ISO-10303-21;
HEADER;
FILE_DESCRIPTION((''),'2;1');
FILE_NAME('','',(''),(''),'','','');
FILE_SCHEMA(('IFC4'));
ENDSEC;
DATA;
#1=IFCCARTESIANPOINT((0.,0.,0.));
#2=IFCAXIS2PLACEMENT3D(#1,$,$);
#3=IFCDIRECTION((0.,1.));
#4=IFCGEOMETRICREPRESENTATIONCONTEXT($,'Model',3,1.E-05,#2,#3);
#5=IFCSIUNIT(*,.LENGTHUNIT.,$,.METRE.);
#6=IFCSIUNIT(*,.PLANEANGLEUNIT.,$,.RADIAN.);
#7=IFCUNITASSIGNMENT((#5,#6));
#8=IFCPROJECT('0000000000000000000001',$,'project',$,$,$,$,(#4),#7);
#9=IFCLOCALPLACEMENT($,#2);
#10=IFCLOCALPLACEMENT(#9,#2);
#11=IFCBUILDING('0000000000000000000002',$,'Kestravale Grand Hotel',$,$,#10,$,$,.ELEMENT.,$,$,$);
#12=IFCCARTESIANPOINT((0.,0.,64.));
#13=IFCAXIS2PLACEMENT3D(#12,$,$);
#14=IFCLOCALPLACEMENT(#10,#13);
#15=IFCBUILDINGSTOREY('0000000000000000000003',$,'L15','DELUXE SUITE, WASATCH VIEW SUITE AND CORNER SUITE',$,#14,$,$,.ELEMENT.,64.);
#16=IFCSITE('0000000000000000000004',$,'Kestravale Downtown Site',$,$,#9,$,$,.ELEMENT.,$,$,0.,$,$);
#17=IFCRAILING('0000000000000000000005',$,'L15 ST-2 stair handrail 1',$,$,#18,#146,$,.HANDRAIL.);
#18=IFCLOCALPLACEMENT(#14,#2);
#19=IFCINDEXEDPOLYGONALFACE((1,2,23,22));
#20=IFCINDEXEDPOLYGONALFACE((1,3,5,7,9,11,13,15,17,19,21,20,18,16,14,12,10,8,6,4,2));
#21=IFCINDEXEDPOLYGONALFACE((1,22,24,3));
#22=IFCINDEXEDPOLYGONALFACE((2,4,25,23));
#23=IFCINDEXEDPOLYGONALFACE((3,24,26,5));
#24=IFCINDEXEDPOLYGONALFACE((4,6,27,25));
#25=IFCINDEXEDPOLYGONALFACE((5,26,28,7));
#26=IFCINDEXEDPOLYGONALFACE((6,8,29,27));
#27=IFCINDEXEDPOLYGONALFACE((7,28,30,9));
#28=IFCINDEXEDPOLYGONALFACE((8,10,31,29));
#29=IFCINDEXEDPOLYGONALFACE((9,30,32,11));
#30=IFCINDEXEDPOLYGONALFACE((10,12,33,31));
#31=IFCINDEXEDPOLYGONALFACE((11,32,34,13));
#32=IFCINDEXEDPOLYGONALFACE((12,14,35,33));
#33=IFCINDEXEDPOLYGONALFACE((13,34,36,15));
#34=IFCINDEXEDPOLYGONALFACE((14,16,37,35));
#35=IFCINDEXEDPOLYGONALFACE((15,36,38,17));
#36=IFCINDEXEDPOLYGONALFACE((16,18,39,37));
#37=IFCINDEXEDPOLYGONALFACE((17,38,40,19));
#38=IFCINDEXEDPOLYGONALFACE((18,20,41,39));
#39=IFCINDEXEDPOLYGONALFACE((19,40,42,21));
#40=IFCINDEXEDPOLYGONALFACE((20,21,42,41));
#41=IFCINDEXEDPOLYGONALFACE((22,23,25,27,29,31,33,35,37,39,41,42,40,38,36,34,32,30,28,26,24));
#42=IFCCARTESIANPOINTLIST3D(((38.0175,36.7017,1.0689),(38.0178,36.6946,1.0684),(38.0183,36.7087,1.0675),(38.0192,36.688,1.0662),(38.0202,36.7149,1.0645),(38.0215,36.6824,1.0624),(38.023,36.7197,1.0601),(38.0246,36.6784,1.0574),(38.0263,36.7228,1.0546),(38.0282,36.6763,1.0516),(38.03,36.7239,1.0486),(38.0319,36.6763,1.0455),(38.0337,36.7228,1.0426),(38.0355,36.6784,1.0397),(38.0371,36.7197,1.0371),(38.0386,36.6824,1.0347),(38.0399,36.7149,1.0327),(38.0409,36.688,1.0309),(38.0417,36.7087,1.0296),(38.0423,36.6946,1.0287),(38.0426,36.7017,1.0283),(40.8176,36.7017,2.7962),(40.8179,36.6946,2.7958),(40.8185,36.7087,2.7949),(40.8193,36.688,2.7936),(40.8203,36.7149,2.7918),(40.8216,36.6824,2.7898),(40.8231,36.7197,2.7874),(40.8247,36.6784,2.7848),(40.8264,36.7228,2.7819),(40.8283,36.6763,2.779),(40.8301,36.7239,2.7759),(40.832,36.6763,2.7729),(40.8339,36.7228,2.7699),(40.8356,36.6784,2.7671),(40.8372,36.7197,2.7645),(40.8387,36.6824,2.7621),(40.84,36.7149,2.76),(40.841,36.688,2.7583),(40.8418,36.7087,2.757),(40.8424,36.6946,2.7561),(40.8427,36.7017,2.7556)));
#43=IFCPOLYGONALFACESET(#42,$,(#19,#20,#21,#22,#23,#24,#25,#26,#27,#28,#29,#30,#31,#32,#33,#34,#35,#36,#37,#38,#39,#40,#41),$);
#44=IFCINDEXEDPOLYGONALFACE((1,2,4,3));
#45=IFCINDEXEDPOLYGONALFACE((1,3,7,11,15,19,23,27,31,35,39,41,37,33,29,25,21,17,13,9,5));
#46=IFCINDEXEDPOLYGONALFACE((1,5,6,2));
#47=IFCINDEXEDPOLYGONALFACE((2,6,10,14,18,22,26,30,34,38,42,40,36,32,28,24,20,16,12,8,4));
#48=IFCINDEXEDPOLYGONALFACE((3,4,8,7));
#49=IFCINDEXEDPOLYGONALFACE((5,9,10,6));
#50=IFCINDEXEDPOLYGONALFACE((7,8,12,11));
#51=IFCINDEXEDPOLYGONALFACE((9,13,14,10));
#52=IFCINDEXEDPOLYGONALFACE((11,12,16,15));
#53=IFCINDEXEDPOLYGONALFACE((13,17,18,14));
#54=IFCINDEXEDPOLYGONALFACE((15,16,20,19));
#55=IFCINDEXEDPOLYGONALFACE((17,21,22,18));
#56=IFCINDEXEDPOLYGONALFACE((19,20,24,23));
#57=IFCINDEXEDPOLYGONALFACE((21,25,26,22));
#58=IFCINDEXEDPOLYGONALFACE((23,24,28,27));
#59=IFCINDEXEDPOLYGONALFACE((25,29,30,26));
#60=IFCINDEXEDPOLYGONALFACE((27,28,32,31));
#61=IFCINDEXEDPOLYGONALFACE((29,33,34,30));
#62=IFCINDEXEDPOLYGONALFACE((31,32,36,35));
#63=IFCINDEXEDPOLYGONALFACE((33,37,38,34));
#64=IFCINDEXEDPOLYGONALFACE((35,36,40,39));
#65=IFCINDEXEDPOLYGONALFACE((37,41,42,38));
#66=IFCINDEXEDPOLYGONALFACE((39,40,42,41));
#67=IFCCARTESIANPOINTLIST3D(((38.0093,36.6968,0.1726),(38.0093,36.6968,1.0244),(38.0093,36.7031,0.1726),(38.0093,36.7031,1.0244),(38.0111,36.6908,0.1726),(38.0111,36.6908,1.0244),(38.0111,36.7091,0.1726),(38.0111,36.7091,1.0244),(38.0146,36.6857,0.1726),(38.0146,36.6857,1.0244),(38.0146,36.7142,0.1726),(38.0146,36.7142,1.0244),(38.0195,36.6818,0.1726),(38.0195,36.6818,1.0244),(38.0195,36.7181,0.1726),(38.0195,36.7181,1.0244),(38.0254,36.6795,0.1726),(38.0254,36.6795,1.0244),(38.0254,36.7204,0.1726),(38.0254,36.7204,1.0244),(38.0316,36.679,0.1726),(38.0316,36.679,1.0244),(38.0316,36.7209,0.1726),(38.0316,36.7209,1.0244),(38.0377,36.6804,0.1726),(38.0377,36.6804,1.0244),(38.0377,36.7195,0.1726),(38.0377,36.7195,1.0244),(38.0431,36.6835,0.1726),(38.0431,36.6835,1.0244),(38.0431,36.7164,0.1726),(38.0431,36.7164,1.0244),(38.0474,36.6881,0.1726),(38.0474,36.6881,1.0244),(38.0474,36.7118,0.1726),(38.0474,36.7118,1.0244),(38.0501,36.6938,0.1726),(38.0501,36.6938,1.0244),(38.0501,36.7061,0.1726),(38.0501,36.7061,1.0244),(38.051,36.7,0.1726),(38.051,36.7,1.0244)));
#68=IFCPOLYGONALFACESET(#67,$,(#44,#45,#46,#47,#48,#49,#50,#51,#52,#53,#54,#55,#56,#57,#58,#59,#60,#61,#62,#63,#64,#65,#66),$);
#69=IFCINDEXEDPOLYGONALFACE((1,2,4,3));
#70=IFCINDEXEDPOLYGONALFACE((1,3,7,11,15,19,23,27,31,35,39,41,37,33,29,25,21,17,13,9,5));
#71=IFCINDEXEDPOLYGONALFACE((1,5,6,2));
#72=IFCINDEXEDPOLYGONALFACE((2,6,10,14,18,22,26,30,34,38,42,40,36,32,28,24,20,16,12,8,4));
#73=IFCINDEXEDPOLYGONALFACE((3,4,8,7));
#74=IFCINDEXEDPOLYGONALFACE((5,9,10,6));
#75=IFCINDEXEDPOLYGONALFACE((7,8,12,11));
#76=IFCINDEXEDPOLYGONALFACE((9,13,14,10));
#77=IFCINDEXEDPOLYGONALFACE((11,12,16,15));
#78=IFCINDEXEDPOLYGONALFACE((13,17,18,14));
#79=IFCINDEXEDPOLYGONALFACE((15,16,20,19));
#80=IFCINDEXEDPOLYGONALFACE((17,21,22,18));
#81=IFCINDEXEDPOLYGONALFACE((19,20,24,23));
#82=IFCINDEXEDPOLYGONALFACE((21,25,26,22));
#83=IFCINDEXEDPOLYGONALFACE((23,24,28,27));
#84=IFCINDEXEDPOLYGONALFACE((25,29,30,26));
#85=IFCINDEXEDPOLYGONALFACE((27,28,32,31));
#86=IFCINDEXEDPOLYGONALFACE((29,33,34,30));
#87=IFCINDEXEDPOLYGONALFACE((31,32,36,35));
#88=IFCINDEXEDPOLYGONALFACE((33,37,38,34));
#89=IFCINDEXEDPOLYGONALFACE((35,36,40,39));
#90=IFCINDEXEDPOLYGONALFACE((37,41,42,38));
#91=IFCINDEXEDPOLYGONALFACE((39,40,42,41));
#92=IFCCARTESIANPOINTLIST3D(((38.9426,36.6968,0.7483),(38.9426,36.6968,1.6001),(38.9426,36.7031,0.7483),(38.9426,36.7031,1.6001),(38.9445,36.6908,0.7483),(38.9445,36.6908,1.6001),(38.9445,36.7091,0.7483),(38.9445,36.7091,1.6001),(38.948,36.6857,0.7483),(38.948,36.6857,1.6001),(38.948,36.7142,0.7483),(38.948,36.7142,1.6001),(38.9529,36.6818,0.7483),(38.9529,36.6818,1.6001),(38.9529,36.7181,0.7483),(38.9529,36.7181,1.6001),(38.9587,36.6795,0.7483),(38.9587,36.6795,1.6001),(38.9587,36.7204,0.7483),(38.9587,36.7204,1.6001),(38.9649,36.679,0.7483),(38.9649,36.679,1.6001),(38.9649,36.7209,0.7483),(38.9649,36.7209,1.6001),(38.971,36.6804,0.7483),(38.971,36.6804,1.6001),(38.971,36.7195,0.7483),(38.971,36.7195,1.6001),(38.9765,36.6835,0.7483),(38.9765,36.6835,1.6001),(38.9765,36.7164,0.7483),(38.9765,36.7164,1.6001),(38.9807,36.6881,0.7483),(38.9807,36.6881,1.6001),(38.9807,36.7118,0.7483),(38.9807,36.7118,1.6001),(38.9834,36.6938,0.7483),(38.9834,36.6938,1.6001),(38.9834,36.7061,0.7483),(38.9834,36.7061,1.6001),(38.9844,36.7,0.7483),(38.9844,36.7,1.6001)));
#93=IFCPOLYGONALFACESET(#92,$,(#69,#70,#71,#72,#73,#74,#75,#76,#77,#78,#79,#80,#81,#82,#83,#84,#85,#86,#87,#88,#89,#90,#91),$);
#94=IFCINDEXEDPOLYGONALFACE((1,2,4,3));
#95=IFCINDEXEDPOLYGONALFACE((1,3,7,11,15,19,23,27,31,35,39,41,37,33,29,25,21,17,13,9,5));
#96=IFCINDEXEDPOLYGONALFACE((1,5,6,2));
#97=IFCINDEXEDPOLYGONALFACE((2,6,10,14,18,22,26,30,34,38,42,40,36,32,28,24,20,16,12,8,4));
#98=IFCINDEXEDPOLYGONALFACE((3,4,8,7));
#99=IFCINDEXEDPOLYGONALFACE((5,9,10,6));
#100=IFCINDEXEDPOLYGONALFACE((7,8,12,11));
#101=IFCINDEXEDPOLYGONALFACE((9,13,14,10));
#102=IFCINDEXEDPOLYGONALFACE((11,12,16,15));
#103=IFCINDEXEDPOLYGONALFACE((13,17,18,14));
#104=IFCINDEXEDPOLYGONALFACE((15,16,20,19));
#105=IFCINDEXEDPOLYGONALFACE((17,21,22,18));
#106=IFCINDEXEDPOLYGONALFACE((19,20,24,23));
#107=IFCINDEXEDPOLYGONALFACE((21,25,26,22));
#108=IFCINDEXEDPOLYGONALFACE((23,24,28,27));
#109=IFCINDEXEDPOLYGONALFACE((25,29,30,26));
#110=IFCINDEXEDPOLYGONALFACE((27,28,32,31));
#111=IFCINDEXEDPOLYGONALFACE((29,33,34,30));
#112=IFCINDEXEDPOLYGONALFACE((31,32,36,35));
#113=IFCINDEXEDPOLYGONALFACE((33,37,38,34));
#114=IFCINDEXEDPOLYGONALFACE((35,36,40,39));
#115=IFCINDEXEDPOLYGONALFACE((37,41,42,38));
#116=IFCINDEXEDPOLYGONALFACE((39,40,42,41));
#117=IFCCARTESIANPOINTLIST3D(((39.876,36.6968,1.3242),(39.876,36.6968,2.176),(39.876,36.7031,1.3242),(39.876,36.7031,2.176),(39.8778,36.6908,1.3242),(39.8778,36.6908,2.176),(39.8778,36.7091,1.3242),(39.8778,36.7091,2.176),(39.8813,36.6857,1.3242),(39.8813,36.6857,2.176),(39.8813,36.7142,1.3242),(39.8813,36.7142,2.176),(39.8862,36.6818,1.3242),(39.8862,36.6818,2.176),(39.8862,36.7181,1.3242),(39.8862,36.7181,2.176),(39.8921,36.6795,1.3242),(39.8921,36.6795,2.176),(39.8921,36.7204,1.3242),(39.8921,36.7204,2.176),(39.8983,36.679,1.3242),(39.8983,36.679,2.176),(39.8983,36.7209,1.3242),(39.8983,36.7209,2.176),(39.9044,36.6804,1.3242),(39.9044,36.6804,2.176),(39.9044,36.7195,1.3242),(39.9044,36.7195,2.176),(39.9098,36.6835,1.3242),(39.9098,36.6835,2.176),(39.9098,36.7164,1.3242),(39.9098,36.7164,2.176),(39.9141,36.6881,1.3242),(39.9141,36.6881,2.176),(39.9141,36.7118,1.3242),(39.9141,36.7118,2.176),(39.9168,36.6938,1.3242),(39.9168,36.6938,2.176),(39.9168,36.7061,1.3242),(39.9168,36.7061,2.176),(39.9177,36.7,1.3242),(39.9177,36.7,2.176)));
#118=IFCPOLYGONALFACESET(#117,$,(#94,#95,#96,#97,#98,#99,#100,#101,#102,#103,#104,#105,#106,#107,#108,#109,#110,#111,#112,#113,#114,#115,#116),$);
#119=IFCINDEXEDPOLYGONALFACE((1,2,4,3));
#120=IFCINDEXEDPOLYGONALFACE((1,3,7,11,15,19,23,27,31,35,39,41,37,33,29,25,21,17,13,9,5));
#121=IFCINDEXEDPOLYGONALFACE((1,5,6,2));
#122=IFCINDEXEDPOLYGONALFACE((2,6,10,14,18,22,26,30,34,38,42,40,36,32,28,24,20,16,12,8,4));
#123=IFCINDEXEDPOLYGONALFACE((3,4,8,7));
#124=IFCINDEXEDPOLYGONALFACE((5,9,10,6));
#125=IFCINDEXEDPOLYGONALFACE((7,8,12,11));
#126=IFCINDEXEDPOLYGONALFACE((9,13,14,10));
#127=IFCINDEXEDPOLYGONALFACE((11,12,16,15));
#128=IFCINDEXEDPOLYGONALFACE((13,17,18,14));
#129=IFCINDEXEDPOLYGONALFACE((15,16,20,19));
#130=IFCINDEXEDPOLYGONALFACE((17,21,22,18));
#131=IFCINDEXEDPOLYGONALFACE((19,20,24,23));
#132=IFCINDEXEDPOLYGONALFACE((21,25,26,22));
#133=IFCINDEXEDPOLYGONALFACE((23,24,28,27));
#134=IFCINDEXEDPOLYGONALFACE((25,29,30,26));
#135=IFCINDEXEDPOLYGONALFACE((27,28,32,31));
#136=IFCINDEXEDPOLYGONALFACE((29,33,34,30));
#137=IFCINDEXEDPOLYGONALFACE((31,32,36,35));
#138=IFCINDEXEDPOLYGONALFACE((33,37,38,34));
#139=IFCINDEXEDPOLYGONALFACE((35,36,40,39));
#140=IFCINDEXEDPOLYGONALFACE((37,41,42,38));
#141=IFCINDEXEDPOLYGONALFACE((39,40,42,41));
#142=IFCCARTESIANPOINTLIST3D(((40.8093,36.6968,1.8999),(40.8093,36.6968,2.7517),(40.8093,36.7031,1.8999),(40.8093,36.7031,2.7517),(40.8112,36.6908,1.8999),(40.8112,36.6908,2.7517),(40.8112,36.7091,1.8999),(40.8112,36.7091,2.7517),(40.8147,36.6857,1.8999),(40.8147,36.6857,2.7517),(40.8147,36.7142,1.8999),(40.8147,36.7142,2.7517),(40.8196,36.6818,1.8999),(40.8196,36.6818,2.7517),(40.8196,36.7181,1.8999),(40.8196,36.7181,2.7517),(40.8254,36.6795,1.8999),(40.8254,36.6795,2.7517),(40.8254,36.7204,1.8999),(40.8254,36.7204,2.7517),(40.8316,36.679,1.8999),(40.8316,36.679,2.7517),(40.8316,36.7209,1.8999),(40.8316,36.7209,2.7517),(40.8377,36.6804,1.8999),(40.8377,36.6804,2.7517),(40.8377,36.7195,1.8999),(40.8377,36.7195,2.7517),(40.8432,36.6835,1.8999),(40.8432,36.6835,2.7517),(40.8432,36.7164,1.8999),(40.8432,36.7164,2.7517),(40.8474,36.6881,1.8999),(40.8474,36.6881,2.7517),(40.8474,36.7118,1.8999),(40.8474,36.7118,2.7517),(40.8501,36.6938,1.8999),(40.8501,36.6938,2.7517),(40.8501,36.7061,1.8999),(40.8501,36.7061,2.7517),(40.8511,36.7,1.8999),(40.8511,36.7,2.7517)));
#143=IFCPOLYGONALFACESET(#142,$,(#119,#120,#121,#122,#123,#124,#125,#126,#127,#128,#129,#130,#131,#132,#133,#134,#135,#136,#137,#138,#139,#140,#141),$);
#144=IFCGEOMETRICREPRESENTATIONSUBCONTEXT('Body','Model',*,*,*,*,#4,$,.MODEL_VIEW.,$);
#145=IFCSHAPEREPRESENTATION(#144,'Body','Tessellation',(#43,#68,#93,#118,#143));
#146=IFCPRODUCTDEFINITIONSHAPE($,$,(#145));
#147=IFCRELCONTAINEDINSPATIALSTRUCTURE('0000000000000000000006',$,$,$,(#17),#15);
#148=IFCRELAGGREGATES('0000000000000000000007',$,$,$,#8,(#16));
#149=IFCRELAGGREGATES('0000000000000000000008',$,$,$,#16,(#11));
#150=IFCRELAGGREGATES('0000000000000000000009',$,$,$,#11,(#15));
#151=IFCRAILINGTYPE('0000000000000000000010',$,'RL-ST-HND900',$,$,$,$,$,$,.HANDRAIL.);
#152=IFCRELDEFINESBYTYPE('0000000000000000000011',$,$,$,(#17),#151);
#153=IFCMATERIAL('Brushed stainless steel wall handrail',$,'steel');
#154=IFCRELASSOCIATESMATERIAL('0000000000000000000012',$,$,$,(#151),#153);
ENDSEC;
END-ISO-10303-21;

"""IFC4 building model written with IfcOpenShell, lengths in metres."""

from ifc_helpers import new_model, si_unit, direction, frame, origin, origin_2d, place, context, subcontext, project, spatial, circle, extrude, material, type_object, element, save


model = new_model("IFC4")

# Units and contexts
model_context = context("Model", 3, precision=1e-05, world=origin(), true_north=direction((0.0, 1.0)))
body_context = subcontext(model_context, "Body", "Model", "MODEL_VIEW")
ifc_project = project(units=[si_unit("LENGTHUNIT", "METRE"), si_unit("PLANEANGLEUNIT", "RADIAN")], contexts=[model_context])

# Site, building, storey
site_placement = place(None, origin())
site = spatial("IfcSite", under=ifc_project, at=site_placement, Name="Kestravale Downtown Site", CompositionType="ELEMENT", RefElevation=0.0)
building_placement = place(site_placement, origin())
building = spatial("IfcBuilding", under=site, at=building_placement, Name="Kestravale Grand Hotel", CompositionType="ELEMENT")
storey_placement = place(building_placement, frame((0.0, 0.0, 64.0)))
storey = spatial("IfcBuildingStorey", under=building, at=storey_placement, Name="L15", Description="DELUXE SUITE, WASATCH VIEW SUITE AND CORNER SUITE", CompositionType="ELEMENT", Elevation=64.0)

# Railing
ifc_material_1 = material(Name="Brushed stainless steel wall handrail", Category="steel")
railing_type_1 = type_object("IfcRailingType", Name="RL-ST-HND900", PredefinedType="HANDRAIL", material=ifc_material_1)
railing_1_placement = place(storey_placement, frame((38.03, 36.7, 0.1726)))
element("IfcRailing", 1, at=railing_1_placement, inside=storey, type_object=railing_type_1, Name="L15 ST-2 stair handrail 1", PredefinedType="HANDRAIL", context=body_context, shape_type="SweptSolid", body=[
    extrude(circle(Radius=0.0239, at=origin_2d()), frame((0.0, 0.0, 0.876), z_axis=(0.85109, 0.0, 0.52502), x_axis=(0.0, 1.0, 0.0)), (0.0, 0.0, 1.0), 3.29),
    extrude(circle(Radius=0.021, at=origin_2d()), origin(), (0.0, 0.0, 1.0), 0.8518),
    extrude(circle(Radius=0.021, at=origin_2d()), frame((0.9333, 0.0, 0.5757)), (0.0, 0.0, 1.0), 0.8518),
    extrude(circle(Radius=0.021, at=origin_2d()), frame((1.8667, 0.0, 1.1516)), (0.0, 0.0, 1.0), 0.8518),
    extrude(circle(Radius=0.021, at=origin_2d()), frame((2.8, 0.0, 1.7273)), (0.0, 0.0, 1.0), 0.8518),
])

save(model, "model.ifc")
